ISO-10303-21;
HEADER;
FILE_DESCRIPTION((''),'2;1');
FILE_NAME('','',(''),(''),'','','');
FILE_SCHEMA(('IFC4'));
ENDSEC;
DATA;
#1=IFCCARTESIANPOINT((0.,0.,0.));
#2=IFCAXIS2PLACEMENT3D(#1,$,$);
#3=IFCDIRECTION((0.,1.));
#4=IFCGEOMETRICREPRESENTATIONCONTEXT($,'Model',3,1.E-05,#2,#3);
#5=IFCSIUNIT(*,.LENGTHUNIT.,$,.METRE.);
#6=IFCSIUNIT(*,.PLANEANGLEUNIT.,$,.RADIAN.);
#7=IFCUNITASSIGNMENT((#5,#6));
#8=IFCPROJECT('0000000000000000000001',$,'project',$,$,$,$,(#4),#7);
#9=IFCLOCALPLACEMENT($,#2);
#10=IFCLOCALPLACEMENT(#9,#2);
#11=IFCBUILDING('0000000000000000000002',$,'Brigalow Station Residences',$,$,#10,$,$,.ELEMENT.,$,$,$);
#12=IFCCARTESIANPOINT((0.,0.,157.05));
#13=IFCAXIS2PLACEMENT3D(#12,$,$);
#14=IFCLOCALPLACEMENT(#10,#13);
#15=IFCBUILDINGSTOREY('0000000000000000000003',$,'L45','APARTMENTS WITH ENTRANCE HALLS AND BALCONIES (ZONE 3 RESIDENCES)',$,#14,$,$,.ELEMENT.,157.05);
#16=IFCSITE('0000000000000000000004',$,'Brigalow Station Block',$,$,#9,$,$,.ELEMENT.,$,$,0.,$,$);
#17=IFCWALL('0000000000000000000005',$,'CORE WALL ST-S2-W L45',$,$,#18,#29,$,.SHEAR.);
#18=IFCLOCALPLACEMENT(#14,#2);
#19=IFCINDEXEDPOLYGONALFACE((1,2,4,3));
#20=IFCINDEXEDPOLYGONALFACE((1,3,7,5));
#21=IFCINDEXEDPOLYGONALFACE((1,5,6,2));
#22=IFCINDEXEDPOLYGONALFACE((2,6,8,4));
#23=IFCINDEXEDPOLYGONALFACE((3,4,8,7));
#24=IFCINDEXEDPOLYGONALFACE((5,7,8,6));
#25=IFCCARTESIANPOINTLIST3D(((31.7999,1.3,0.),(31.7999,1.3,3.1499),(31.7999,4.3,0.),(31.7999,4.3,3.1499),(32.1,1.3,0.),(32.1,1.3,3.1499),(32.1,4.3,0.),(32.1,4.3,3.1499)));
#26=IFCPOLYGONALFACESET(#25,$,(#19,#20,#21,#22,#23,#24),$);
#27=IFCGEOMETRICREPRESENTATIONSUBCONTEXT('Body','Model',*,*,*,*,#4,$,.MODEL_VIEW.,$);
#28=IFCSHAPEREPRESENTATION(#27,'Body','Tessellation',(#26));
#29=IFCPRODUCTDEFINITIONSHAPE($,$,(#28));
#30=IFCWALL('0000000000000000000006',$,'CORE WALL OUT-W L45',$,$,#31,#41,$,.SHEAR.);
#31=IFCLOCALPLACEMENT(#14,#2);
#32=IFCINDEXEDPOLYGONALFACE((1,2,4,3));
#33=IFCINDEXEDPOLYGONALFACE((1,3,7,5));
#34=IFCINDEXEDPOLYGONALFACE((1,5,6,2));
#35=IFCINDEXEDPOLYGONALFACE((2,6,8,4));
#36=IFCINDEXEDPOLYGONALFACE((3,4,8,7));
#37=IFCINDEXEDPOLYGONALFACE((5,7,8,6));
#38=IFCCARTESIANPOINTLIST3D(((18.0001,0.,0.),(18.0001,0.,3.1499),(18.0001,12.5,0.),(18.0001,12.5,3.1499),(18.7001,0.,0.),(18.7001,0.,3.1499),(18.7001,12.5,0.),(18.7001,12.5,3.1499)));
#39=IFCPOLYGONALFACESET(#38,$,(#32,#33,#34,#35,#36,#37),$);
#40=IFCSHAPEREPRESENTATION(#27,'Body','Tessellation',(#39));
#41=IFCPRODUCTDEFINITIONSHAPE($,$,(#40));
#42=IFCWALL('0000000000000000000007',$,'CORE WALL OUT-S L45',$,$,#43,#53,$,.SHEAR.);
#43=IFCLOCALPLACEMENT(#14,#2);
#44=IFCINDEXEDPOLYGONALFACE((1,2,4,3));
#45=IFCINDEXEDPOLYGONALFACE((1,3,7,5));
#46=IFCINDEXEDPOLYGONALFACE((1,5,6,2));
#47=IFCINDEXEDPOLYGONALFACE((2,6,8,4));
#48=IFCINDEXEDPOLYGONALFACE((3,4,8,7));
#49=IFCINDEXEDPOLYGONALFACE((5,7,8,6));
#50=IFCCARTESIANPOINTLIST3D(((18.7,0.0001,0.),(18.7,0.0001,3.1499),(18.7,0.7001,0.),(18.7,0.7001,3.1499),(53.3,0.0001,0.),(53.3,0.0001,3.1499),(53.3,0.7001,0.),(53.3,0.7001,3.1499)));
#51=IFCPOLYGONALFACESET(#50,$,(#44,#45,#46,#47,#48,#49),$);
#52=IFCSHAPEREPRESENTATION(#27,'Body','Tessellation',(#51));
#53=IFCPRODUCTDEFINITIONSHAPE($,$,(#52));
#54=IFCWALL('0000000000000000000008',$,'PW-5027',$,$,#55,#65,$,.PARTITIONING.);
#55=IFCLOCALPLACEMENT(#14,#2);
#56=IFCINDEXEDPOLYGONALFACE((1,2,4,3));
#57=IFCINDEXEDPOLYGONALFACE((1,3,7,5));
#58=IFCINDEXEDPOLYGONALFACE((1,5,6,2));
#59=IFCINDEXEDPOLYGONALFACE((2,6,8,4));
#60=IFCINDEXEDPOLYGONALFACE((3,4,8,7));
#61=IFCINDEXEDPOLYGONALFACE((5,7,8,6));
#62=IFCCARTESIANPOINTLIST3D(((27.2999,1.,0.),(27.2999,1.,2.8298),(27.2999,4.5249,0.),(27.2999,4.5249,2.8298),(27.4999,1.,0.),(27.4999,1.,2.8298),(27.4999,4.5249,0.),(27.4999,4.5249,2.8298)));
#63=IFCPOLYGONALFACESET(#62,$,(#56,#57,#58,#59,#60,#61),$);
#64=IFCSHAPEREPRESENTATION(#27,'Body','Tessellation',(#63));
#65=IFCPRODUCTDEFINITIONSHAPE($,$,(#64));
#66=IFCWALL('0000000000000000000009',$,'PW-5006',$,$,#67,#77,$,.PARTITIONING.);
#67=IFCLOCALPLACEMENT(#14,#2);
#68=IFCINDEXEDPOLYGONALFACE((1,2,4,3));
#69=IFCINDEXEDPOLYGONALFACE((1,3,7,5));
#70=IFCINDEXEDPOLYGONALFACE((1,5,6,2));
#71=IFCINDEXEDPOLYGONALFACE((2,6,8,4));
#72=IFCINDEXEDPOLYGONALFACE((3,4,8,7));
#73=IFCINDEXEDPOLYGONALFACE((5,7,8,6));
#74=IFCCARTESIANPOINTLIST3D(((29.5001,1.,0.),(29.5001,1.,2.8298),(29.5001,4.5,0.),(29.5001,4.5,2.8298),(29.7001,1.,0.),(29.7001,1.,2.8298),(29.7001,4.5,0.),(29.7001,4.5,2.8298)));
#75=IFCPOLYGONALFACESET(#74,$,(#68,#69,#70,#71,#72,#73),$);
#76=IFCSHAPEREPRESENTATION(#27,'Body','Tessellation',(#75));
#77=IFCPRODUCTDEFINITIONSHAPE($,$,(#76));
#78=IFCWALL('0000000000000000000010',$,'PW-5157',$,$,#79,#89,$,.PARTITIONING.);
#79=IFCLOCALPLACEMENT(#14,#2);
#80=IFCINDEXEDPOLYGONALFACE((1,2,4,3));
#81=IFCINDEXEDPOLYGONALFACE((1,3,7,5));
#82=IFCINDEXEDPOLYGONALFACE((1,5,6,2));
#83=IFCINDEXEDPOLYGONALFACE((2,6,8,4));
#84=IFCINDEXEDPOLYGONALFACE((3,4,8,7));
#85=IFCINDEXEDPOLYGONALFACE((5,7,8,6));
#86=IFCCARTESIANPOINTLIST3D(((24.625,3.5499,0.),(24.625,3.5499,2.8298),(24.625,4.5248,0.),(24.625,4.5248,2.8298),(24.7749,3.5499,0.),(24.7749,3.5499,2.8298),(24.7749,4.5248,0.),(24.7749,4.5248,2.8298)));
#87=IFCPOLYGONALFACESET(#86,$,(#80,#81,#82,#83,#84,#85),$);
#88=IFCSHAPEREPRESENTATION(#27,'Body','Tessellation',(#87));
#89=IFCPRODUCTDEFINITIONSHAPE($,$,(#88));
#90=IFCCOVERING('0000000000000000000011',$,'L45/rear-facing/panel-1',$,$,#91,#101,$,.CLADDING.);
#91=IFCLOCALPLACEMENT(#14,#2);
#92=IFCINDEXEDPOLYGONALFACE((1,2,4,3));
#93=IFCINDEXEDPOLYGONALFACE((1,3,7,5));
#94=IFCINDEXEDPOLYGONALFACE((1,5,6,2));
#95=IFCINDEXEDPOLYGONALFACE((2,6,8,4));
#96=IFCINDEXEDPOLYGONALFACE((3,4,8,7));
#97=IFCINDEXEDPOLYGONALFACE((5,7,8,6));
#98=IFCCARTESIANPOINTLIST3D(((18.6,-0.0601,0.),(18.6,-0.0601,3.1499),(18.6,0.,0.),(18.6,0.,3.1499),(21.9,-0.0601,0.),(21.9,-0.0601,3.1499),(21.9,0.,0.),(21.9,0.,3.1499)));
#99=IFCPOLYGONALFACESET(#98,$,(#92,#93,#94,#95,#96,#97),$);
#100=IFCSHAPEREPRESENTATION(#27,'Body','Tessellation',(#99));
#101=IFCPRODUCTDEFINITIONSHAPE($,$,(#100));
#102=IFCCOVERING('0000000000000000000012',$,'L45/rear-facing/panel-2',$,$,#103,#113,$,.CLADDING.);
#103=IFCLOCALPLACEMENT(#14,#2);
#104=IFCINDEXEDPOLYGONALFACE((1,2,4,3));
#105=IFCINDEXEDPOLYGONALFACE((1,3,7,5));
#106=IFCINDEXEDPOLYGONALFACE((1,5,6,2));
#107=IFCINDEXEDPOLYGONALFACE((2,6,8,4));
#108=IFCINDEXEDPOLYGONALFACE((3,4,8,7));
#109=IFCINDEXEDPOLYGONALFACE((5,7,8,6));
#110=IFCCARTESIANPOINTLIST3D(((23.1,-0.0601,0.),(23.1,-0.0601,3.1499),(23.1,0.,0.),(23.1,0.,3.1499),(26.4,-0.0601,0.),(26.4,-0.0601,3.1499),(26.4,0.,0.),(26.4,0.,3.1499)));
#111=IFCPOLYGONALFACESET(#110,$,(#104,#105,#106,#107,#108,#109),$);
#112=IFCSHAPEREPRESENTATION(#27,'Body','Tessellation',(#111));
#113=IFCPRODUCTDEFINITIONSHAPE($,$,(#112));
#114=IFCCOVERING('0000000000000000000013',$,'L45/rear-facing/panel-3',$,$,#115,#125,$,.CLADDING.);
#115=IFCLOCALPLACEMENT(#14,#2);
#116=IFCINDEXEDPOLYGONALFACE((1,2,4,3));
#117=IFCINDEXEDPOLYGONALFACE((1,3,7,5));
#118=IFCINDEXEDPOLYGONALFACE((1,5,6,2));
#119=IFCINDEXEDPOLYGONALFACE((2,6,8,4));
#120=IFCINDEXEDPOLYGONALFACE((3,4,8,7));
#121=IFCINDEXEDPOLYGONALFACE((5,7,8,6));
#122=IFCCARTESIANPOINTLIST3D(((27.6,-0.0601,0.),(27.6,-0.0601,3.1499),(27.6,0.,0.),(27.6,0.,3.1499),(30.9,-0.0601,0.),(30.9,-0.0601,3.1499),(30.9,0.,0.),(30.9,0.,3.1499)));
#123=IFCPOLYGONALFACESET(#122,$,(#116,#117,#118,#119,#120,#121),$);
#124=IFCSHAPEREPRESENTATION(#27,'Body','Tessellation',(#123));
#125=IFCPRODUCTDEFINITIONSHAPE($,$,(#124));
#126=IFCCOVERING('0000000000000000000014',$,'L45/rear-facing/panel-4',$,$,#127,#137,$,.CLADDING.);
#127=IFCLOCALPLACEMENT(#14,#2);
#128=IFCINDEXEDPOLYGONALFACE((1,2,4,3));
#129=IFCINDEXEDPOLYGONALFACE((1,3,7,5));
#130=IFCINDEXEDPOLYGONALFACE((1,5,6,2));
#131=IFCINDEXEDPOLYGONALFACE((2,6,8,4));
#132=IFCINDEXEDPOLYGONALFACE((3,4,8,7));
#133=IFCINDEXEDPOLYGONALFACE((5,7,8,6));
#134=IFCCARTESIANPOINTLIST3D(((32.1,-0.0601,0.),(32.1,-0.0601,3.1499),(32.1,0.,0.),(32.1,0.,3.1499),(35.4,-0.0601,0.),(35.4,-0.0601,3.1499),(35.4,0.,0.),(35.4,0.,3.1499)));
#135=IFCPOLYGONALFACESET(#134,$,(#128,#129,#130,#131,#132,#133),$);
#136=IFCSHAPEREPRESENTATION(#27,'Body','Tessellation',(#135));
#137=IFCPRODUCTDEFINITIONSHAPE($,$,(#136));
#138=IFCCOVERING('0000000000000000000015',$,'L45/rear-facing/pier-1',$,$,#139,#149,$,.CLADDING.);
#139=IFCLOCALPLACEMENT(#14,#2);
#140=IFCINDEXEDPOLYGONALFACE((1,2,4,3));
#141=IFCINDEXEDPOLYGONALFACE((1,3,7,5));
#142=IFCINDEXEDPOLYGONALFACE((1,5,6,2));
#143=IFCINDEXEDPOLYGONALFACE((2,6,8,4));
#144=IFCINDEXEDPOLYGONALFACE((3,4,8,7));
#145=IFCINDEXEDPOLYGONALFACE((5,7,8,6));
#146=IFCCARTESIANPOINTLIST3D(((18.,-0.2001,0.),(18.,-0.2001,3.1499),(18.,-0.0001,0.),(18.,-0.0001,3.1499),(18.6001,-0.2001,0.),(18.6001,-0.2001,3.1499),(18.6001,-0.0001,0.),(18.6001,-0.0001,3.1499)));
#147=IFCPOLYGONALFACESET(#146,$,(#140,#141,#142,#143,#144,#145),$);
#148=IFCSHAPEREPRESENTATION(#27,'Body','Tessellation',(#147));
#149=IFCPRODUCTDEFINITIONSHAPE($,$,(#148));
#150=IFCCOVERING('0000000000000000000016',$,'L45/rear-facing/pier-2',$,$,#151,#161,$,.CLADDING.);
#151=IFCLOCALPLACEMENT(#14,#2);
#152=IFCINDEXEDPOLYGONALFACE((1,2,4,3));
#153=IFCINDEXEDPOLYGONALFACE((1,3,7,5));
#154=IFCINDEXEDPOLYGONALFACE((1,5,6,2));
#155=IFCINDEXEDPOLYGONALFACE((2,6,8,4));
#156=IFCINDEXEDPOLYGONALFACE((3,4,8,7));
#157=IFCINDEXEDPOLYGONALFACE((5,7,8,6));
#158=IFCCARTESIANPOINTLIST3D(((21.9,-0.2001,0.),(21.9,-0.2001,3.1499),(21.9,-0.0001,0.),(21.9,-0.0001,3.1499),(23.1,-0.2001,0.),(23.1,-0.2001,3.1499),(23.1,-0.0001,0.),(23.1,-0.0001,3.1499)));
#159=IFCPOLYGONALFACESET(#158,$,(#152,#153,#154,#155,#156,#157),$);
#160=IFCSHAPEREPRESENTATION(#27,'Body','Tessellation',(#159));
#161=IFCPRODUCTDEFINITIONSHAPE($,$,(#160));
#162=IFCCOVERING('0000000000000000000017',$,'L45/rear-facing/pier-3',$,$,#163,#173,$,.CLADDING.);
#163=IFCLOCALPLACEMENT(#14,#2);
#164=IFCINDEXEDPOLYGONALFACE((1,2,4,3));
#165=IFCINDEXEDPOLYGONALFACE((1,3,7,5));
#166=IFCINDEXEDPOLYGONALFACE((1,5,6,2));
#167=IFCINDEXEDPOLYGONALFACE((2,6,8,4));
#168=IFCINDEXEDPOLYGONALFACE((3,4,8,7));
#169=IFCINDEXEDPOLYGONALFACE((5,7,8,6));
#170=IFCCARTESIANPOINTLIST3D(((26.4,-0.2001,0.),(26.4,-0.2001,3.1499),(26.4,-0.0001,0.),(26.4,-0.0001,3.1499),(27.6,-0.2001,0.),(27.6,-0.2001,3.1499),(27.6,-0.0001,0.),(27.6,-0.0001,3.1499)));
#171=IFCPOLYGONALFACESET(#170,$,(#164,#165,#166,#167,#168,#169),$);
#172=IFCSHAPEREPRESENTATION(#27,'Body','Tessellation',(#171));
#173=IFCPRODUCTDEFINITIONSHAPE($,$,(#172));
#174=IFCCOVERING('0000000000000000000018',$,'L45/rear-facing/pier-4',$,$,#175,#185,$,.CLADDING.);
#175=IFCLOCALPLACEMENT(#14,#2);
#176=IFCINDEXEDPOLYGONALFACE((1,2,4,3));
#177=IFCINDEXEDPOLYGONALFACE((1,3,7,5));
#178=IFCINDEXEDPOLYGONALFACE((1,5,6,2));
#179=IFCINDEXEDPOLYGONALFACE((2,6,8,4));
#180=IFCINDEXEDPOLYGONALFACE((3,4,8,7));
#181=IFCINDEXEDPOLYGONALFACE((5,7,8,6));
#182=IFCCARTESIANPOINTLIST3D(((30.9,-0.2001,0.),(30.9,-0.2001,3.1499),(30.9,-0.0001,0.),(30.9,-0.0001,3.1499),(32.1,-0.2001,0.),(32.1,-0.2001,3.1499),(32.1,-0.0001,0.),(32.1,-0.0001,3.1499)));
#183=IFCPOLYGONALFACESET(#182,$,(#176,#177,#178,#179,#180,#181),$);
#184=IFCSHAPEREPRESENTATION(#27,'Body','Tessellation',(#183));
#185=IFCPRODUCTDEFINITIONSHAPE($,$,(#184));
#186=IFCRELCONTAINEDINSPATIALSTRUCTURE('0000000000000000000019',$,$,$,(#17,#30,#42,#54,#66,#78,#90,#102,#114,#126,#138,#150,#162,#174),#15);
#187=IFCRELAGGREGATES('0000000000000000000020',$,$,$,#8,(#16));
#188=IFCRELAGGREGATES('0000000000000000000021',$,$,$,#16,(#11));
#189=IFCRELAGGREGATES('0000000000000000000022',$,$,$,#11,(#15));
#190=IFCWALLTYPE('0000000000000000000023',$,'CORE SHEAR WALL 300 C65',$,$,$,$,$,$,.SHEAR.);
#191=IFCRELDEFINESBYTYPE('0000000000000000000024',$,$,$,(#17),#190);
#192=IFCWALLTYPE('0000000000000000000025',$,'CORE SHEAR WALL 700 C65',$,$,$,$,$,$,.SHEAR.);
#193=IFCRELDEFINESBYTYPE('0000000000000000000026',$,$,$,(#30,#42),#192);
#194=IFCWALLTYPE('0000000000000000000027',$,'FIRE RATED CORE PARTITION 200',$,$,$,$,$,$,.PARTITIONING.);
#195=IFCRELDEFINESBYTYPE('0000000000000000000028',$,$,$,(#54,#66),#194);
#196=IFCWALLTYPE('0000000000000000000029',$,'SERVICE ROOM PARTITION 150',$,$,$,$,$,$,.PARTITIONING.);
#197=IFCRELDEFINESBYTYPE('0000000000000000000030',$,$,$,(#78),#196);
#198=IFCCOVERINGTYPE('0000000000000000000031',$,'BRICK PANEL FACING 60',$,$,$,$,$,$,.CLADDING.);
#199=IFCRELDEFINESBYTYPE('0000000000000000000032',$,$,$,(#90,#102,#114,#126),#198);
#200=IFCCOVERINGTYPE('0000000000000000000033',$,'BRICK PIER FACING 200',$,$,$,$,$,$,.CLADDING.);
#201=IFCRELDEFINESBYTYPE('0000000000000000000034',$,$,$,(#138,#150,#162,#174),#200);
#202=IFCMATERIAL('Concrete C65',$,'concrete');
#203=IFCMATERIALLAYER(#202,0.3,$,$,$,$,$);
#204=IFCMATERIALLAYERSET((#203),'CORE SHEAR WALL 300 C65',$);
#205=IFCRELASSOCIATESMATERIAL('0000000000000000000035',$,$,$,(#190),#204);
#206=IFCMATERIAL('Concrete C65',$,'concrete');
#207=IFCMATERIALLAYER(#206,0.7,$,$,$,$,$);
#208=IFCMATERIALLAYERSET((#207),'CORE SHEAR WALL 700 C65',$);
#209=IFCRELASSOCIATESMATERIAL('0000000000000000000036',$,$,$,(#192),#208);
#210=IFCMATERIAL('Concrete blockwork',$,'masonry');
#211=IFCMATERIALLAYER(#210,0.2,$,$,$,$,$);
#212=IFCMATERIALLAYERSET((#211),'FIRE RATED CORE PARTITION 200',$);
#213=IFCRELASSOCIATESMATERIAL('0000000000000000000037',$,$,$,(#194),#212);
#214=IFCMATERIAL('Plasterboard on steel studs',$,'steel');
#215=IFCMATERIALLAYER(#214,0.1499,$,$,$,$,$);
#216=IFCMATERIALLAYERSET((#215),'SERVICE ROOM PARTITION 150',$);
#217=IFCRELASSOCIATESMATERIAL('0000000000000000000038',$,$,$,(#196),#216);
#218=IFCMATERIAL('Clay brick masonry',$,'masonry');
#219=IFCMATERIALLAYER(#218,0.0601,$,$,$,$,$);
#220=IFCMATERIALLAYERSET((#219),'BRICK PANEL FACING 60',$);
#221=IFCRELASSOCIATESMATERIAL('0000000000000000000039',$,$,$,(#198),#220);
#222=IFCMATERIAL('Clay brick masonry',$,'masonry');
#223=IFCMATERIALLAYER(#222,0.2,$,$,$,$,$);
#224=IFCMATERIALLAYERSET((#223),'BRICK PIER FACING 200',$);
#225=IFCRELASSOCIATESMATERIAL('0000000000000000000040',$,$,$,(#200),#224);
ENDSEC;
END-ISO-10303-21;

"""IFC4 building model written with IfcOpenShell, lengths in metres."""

from ifc_helpers import new_model, si_unit, direction, frame, frame_2d, origin, origin_2d, place, context, subcontext, project, spatial, rectangle, extrude, material, layer, layer_set, type_object, element, save


model = new_model("IFC4")

# Units and contexts
model_context = context("Model", 3, precision=1e-05, world=origin(), true_north=direction((0.0, 1.0)))
body_context = subcontext(model_context, "Body", "Model", "MODEL_VIEW")
ifc_project = project(units=[si_unit("LENGTHUNIT", "METRE"), si_unit("PLANEANGLEUNIT", "RADIAN")], contexts=[model_context])

# Site, building, storey
site_placement = place(None, origin())
site = spatial("IfcSite", under=ifc_project, at=site_placement, Name="Brigalow Station Block", CompositionType="ELEMENT", RefElevation=0.0)
building_placement = place(site_placement, origin())
building = spatial("IfcBuilding", under=site, at=building_placement, Name="Brigalow Station Residences", CompositionType="ELEMENT")
storey_placement = place(building_placement, frame((0.0, 0.0, 157.05)))
storey = spatial("IfcBuildingStorey", under=building, at=storey_placement, Name="L45", Description="APARTMENTS WITH ENTRANCE HALLS AND BALCONIES (ZONE 3 RESIDENCES)", CompositionType="ELEMENT", Elevation=157.05)

# Shared definitions
ifc_material_1 = material(Name="Concrete C65", Category="concrete")
ifc_layer_1 = layer(ifc_material_1, 0.3)
ifc_layer_set_1 = layer_set([ifc_layer_1], Name="CORE SHEAR WALL 300 C65")
wall_type_1 = type_object("IfcWallType", Name="CORE SHEAR WALL 300 C65", PredefinedType="SHEAR", material=ifc_layer_set_1)

# Walls
wall_1_placement = place(storey_placement, frame((31.95, 1.3, 0.0), z_axis=(0.0, 0.0, 1.0), x_axis=(0.0, 1.0, 0.0)))
element("IfcWall", 1, at=wall_1_placement, inside=storey, type_object=wall_type_1, Name="CORE WALL ST-S2-W L45", PredefinedType="SHEAR", context=body_context, shape_type="SweptSolid", body=[
    extrude(rectangle(XDim=3.0, YDim=0.3, at=frame_2d((1.5, 0.0))), origin(), (0.0, 0.0, 1.0), 3.1499),
])
ifc_material_2 = material(Name="Concrete C65", Category="concrete")
ifc_layer_2 = layer(ifc_material_2, 0.7)
ifc_layer_set_2 = layer_set([ifc_layer_2], Name="CORE SHEAR WALL 700 C65")
wall_type_2 = type_object("IfcWallType", Name="CORE SHEAR WALL 700 C65", PredefinedType="SHEAR", material=ifc_layer_set_2)
wall_2_placement = place(storey_placement, frame((18.3501, 0.0, 0.0), z_axis=(0.0, 0.0, 1.0), x_axis=(0.0, 1.0, 0.0)))
element("IfcWall", 2, at=wall_2_placement, inside=storey, type_object=wall_type_2, Name="CORE WALL OUT-W L45", PredefinedType="SHEAR", context=body_context, shape_type="SweptSolid", body=[
    extrude(rectangle(XDim=12.5, YDim=0.7, at=frame_2d((6.25, 0.0))), origin(), (0.0, 0.0, 1.0), 3.1499),
])
wall_3_placement = place(storey_placement, frame((18.7, 0.3501, 0.0), z_axis=(0.0, 0.0, 1.0), x_axis=(1.0, 0.0, 0.0)))
element("IfcWall", 3, at=wall_3_placement, inside=storey, type_object=wall_type_2, Name="CORE WALL OUT-S L45", PredefinedType="SHEAR", context=body_context, shape_type="SweptSolid", body=[
    extrude(rectangle(XDim=34.6001, YDim=0.7, at=frame_2d((17.3, 0.0))), origin(), (0.0, 0.0, 1.0), 3.1499),
])
ifc_material_3 = material(Name="Concrete blockwork", Category="masonry")
ifc_layer_3 = layer(ifc_material_3, 0.2)
ifc_layer_set_3 = layer_set([ifc_layer_3], Name="FIRE RATED CORE PARTITION 200")
wall_type_3 = type_object("IfcWallType", Name="FIRE RATED CORE PARTITION 200", PredefinedType="PARTITIONING", material=ifc_layer_set_3)
wall_4_placement = place(storey_placement, frame((27.3999, 1.0, 0.0), z_axis=(0.0, 0.0, 1.0), x_axis=(0.0, 1.0, 0.0)))
element("IfcWall", 4, at=wall_4_placement, inside=storey, type_object=wall_type_3, Name="PW-5027", PredefinedType="PARTITIONING", context=body_context, shape_type="SweptSolid", body=[
    extrude(rectangle(XDim=3.5249, YDim=0.2, at=frame_2d((1.7625, 0.0))), origin(), (0.0, 0.0, 1.0), 2.8298),
])
wall_5_placement = place(storey_placement, frame((29.6001, 1.0, 0.0), z_axis=(0.0, 0.0, 1.0), x_axis=(0.0, 1.0, 0.0)))
element("IfcWall", 5, at=wall_5_placement, inside=storey, type_object=wall_type_3, Name="PW-5006", PredefinedType="PARTITIONING", context=body_context, shape_type="SweptSolid", body=[
    extrude(rectangle(XDim=3.5, YDim=0.2, at=frame_2d((1.75, 0.0))), origin(), (0.0, 0.0, 1.0), 2.8298),
])
ifc_material_4 = material(Name="Plasterboard on steel studs", Category="steel")
ifc_layer_4 = layer(ifc_material_4, 0.1499)
ifc_layer_set_4 = layer_set([ifc_layer_4], Name="SERVICE ROOM PARTITION 150")
wall_type_4 = type_object("IfcWallType", Name="SERVICE ROOM PARTITION 150", PredefinedType="PARTITIONING", material=ifc_layer_set_4)
wall_6_placement = place(storey_placement, frame((24.7, 3.55, 0.0), z_axis=(0.0, 0.0, 1.0), x_axis=(0.0, 1.0, 0.0)))
element("IfcWall", 6, at=wall_6_placement, inside=storey, type_object=wall_type_4, Name="PW-5157", PredefinedType="PARTITIONING", context=body_context, shape_type="SweptSolid", body=[
    extrude(rectangle(XDim=0.9749, YDim=0.1499, at=frame_2d((0.4873, 0.0))), origin(), (0.0, 0.0, 1.0), 2.8298),
])

# Coverings
ifc_material_5 = material(Name="Clay brick masonry", Category="masonry")
ifc_layer_5 = layer(ifc_material_5, 0.0601)
ifc_layer_set_5 = layer_set([ifc_layer_5], Name="BRICK PANEL FACING 60")
covering_type_1 = type_object("IfcCoveringType", Name="BRICK PANEL FACING 60", PredefinedType="CLADDING", material=ifc_layer_set_5)
for number, where, z_axis, x_axis, name in (
    (7, (20.25, -0.03, 0.0), (0.0, 0.0, 1.0), (1.0, 0.0, 0.0), "L45/rear-facing/panel-1"),
    (8, (24.75, -0.03, 0.0), (0.0, 0.0, 1.0), (1.0, 0.0, 0.0), "L45/rear-facing/panel-2"),
    (9, (29.25, -0.03, 0.0), (0.0, 0.0, 1.0), (1.0, 0.0, 0.0), "L45/rear-facing/panel-3"),
    (10, (33.75, -0.03, 0.0), (0.0, 0.0, 1.0), (1.0, 0.0, 0.0), "L45/rear-facing/panel-4"),
):
    element("IfcCovering", number, at=place(storey_placement, frame(where, z_axis=z_axis, x_axis=x_axis)), inside=storey, type_object=covering_type_1, Name=name, PredefinedType="CLADDING", context=body_context, shape_type="SweptSolid", body=[
        extrude(rectangle(XDim=3.3, YDim=0.0601, at=origin_2d()), origin(), (0.0, 0.0, 1.0), 3.1499),
    ])
ifc_material_6 = material(Name="Clay brick masonry", Category="masonry")
ifc_layer_6 = layer(ifc_material_6, 0.2)
ifc_layer_set_6 = layer_set([ifc_layer_6], Name="BRICK PIER FACING 200")
covering_type_2 = type_object("IfcCoveringType", Name="BRICK PIER FACING 200", PredefinedType="CLADDING", material=ifc_layer_set_6)
covering_placement = place(storey_placement, frame((18.3, -0.1001, 0.0), z_axis=(0.0, 0.0, 1.0), x_axis=(1.0, 0.0, 0.0)))
element("IfcCovering", 11, at=covering_placement, inside=storey, type_object=covering_type_2, Name="L45/rear-facing/pier-1", PredefinedType="CLADDING", context=body_context, shape_type="SweptSolid", body=[
    extrude(rectangle(XDim=0.6001, YDim=0.2, at=origin_2d()), origin(), (0.0, 0.0, 1.0), 3.1499),
])
for number, where, z_axis, x_axis, name in (
    (12, (22.5, -0.1001, 0.0), (0.0, 0.0, 1.0), (1.0, 0.0, 0.0), "L45/rear-facing/pier-2"),
    (13, (27.0, -0.1001, 0.0), (0.0, 0.0, 1.0), (1.0, 0.0, 0.0), "L45/rear-facing/pier-3"),
    (14, (31.5, -0.1001, 0.0), (0.0, 0.0, 1.0), (1.0, 0.0, 0.0), "L45/rear-facing/pier-4"),
):
    element("IfcCovering", number, at=place(storey_placement, frame(where, z_axis=z_axis, x_axis=x_axis)), inside=storey, type_object=covering_type_2, Name=name, PredefinedType="CLADDING", context=body_context, shape_type="SweptSolid", body=[
        extrude(rectangle(XDim=1.2, YDim=0.2, at=origin_2d()), origin(), (0.0, 0.0, 1.0), 3.1499),
    ])

save(model, "model.ifc")
